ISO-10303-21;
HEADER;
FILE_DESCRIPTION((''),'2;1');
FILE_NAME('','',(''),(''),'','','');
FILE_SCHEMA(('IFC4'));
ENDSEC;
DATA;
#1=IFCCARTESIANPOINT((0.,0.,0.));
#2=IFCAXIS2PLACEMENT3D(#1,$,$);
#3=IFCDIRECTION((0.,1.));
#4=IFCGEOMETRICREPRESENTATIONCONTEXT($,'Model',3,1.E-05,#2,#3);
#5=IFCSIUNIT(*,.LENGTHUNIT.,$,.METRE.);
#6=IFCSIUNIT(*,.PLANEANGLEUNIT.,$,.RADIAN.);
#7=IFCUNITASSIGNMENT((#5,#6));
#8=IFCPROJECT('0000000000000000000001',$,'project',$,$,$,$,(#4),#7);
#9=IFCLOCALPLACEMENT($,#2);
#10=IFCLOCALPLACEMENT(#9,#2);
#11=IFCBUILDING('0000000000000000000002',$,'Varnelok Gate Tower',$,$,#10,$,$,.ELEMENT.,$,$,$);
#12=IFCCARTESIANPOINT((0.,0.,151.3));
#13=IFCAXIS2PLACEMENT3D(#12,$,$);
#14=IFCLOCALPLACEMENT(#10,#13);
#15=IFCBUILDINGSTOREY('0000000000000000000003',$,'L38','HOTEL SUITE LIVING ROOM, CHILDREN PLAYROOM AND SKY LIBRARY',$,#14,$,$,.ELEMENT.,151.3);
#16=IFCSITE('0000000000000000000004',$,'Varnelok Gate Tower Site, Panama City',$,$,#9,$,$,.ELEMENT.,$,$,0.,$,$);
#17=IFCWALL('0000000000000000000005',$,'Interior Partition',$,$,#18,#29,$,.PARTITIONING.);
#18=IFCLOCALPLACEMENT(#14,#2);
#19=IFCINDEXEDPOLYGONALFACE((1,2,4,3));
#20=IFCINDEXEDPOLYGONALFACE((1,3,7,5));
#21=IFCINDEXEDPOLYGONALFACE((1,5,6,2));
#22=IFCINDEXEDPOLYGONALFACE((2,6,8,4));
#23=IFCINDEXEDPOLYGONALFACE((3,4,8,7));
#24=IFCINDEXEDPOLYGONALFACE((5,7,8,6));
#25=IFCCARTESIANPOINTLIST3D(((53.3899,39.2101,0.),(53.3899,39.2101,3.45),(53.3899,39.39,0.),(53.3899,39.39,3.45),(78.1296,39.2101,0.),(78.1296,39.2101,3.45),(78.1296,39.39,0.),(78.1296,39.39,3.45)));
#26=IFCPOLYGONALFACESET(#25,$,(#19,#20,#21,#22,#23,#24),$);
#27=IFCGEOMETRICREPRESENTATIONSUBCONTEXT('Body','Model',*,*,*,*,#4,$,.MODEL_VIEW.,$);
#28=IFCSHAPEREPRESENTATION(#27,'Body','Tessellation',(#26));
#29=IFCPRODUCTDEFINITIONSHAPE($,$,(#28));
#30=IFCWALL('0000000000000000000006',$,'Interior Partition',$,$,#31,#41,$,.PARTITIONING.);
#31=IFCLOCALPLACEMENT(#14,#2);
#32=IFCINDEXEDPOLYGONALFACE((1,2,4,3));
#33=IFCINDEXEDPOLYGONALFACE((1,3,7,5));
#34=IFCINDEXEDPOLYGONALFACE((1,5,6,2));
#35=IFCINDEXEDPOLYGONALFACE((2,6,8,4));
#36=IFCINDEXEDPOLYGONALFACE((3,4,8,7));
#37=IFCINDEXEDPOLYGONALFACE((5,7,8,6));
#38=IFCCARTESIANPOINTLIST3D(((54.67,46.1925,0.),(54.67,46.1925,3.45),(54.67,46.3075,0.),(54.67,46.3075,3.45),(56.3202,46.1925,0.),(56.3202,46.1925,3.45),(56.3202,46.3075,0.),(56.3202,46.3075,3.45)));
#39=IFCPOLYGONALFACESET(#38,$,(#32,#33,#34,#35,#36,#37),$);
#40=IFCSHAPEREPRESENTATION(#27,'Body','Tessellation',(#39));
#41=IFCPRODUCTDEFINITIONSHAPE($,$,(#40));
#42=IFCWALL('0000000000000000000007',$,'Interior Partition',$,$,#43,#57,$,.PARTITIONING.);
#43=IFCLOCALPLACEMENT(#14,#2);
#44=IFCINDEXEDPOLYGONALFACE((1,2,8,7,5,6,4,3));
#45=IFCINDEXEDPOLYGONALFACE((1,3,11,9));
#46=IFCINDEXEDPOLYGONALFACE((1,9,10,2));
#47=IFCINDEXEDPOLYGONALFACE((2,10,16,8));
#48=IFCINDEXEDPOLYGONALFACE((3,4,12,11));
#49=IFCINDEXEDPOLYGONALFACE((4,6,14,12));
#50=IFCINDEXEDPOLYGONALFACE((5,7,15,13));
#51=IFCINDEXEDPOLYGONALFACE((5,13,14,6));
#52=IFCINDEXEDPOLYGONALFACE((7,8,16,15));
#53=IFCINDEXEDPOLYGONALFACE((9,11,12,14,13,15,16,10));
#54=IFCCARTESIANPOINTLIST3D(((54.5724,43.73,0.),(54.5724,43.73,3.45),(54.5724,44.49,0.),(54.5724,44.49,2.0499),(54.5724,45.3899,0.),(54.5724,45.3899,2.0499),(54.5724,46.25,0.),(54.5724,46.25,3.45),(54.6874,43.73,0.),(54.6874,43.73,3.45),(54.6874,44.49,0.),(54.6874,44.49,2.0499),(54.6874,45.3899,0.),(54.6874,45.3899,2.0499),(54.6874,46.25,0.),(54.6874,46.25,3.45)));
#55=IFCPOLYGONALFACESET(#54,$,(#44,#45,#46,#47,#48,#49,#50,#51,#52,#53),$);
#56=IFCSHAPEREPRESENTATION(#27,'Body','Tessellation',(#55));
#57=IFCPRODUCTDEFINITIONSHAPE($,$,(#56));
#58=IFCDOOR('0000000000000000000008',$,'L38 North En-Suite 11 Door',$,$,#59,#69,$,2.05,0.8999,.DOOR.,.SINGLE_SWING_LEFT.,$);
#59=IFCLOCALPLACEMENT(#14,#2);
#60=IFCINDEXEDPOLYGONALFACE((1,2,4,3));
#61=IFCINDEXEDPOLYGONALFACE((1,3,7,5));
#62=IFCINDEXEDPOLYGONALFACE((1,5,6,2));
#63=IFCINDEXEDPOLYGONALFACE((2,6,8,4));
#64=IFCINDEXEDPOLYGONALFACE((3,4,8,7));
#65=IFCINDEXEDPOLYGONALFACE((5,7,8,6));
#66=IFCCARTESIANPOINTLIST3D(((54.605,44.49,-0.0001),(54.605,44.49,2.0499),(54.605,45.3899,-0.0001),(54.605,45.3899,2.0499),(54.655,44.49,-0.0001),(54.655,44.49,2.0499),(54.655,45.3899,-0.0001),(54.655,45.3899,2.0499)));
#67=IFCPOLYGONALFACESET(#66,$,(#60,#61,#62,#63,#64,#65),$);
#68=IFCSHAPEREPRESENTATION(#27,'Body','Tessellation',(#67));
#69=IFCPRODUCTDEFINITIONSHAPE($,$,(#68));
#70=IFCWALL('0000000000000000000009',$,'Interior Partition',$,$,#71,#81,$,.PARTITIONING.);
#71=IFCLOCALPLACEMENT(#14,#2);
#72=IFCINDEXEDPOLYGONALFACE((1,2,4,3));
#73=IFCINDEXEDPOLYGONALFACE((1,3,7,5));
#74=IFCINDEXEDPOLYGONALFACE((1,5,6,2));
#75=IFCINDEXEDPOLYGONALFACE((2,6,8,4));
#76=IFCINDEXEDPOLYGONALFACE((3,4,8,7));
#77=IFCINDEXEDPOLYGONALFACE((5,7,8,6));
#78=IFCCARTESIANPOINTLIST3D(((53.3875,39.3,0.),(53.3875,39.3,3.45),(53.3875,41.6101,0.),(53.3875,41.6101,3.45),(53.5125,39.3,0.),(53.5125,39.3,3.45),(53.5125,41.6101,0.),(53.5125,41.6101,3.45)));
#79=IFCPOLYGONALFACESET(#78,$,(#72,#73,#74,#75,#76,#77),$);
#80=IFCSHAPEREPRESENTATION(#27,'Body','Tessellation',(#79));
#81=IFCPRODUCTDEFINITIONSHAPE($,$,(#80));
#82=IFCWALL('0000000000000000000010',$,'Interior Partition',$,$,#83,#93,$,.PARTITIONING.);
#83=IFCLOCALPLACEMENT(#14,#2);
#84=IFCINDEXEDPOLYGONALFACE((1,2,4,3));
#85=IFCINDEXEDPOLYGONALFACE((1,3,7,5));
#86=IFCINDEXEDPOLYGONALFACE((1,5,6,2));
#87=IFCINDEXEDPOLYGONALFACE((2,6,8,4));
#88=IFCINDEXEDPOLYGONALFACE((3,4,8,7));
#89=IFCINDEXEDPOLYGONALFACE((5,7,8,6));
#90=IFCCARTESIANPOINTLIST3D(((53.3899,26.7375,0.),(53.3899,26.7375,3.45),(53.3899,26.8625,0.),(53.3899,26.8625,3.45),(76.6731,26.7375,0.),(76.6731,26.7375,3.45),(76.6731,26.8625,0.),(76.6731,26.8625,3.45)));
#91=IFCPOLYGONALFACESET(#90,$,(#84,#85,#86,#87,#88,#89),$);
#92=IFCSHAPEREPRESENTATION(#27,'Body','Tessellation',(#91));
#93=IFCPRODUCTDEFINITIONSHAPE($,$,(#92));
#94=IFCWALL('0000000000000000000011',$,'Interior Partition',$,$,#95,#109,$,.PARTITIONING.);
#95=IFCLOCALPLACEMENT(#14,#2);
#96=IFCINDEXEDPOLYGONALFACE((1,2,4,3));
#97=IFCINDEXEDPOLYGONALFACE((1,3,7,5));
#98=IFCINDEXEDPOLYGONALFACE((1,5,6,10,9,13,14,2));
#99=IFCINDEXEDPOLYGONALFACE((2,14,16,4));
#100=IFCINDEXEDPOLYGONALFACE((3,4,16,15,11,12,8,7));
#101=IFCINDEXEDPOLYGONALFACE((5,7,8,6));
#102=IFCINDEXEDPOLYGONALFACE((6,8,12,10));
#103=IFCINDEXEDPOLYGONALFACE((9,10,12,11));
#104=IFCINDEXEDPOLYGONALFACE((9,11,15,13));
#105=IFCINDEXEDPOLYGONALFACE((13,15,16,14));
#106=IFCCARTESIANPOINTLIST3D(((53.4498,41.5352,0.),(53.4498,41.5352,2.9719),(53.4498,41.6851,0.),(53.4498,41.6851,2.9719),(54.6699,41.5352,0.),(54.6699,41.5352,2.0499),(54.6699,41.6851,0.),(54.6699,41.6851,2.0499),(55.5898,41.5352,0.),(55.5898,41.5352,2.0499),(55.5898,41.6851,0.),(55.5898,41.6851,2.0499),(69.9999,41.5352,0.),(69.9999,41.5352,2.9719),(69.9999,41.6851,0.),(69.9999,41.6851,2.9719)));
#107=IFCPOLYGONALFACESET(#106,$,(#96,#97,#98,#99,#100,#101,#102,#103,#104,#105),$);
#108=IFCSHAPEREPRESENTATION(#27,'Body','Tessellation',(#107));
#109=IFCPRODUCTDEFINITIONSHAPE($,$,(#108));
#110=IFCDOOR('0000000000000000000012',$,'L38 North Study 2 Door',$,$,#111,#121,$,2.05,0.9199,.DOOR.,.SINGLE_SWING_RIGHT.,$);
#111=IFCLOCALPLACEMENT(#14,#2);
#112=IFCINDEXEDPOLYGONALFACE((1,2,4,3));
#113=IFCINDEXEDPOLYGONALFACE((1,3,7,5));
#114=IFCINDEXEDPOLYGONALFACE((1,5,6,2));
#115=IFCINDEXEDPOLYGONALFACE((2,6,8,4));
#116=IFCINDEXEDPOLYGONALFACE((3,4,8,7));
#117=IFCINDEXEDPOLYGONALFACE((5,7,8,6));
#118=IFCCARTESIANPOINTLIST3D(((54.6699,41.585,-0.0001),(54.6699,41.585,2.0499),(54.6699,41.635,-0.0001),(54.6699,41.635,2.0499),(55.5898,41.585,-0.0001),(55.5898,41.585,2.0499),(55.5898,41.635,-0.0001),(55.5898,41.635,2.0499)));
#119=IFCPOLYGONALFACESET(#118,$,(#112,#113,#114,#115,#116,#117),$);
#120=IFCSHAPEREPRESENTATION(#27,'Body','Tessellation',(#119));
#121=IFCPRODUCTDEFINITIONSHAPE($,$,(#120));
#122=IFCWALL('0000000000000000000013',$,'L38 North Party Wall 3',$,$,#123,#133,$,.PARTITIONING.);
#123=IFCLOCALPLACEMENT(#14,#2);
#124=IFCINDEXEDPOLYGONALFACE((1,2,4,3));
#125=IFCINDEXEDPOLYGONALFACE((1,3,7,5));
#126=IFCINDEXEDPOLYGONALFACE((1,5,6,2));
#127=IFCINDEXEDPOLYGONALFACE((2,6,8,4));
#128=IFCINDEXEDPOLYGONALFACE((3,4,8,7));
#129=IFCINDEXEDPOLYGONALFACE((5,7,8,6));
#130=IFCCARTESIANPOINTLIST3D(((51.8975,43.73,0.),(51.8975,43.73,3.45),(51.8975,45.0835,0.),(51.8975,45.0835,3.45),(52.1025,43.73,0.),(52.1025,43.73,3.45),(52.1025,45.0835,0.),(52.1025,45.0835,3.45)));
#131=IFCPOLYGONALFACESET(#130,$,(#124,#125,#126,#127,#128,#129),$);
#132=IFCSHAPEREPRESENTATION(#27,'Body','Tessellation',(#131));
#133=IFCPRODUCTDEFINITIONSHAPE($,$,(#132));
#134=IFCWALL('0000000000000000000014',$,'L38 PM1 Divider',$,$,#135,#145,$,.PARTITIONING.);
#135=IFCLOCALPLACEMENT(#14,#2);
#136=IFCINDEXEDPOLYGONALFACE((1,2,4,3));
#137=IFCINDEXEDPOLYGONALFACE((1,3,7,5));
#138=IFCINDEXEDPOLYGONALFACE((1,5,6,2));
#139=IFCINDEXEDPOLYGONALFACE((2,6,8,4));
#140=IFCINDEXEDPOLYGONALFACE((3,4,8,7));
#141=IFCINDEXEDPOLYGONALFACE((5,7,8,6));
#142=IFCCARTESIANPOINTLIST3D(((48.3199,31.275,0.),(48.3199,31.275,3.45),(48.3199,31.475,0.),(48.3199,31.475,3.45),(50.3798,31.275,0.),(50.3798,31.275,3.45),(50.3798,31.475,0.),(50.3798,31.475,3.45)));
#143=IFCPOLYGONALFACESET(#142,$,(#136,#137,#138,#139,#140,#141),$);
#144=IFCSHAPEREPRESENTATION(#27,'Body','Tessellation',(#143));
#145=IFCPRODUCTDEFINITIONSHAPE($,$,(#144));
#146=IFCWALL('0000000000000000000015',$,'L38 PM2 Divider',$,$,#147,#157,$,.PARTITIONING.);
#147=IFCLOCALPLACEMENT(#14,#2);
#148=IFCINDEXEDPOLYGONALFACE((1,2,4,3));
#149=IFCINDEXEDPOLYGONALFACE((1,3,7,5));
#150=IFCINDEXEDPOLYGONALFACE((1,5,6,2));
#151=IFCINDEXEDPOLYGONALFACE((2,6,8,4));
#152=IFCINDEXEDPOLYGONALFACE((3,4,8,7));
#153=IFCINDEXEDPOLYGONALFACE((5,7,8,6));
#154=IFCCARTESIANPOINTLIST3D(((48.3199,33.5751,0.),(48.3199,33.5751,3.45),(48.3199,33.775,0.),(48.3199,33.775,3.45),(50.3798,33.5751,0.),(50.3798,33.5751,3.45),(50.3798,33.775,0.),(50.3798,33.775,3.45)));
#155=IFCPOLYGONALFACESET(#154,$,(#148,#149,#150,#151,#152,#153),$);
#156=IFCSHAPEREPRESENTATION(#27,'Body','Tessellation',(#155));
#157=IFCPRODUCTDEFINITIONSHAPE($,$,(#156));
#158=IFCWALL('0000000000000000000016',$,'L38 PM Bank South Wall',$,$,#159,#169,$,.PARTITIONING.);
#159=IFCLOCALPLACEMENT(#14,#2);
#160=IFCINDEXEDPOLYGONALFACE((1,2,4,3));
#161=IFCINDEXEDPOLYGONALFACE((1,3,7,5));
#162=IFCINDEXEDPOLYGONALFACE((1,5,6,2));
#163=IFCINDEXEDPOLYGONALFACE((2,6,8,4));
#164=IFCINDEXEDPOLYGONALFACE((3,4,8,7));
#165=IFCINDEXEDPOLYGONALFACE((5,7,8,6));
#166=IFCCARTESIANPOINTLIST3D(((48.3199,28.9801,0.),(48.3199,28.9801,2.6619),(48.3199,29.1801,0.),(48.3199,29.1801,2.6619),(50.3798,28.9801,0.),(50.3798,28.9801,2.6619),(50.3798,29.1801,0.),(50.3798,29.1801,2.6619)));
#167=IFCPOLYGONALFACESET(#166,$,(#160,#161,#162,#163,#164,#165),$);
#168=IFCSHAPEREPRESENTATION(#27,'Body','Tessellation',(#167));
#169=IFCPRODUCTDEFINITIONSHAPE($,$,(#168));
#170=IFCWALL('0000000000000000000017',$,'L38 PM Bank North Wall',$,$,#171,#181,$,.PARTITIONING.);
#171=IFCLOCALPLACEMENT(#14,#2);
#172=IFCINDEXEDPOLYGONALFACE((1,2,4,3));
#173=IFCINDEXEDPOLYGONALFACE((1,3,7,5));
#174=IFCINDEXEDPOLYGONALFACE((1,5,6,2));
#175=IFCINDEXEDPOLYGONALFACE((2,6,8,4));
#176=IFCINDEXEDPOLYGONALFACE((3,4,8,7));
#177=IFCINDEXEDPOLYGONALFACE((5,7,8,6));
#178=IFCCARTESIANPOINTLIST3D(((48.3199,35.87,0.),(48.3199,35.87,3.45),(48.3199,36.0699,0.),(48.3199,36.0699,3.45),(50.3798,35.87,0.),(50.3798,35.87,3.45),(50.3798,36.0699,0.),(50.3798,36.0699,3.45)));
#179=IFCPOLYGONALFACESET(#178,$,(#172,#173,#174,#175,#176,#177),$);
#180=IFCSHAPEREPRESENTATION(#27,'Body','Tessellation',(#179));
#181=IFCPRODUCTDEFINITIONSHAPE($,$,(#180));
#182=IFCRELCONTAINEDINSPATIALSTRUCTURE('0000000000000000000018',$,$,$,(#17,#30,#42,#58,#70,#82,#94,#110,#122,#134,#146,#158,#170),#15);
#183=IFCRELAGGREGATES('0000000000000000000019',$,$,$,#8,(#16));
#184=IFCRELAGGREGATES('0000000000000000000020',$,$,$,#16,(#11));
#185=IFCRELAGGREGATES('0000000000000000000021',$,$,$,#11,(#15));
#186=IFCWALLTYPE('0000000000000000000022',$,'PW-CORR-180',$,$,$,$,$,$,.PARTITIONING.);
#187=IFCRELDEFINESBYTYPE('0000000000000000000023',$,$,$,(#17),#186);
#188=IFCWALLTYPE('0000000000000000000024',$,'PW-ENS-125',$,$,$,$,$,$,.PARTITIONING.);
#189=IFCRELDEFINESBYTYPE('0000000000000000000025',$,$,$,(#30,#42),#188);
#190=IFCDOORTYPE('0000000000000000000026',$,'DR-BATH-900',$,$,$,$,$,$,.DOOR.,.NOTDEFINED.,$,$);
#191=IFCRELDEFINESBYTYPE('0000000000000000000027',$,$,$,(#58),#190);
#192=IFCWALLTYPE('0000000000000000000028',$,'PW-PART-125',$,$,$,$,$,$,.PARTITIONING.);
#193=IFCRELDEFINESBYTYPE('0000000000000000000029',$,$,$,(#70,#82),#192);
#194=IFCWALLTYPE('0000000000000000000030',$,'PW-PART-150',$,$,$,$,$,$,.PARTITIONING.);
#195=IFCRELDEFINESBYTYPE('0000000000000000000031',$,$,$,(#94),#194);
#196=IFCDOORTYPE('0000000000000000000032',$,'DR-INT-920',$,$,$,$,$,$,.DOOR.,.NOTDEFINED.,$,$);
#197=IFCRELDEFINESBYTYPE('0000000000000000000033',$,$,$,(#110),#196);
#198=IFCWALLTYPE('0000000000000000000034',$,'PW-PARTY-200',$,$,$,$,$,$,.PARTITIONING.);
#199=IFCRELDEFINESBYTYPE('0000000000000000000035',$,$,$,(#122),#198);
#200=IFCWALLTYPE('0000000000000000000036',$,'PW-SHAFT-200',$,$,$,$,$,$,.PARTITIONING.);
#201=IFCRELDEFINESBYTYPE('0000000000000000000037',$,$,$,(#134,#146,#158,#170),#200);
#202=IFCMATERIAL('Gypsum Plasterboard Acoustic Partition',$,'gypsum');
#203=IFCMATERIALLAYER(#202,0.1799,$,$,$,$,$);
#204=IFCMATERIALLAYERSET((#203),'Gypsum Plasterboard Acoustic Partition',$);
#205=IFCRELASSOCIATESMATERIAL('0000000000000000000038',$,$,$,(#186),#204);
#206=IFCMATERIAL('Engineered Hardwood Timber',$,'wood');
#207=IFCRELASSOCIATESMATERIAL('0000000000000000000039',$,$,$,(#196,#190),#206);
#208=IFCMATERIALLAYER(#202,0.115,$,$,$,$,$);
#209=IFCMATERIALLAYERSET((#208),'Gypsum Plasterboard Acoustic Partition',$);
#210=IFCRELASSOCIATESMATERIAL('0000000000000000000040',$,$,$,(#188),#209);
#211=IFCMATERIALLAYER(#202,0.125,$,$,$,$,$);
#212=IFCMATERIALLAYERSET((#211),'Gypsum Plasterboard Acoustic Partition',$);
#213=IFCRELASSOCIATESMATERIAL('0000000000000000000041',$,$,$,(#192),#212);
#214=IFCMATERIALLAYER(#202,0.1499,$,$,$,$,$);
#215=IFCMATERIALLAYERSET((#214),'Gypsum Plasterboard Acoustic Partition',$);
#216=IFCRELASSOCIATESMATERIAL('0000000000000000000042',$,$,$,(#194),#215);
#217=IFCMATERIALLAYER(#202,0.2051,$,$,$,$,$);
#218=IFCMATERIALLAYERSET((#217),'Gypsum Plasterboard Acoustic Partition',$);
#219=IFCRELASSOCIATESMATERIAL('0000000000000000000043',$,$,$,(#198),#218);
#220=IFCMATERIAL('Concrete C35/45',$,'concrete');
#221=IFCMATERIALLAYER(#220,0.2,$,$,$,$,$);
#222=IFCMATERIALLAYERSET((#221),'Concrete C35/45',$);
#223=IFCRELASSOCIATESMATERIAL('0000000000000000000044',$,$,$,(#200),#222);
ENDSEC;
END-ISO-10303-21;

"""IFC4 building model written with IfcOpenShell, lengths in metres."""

from ifc_helpers import new_model, si_unit, direction, frame, frame_2d, origin, place, context, subcontext, project, spatial, rectangle, extrude, material, layer, layer_set, type_object, element, fill, save


model = new_model("IFC4")

# Units and contexts
model_context = context("Model", 3, precision=1e-05, world=origin(), true_north=direction((0.0, 1.0)))
body_context = subcontext(model_context, "Body", "Model", "MODEL_VIEW")
ifc_project = project(units=[si_unit("LENGTHUNIT", "METRE"), si_unit("PLANEANGLEUNIT", "RADIAN")], contexts=[model_context])

# Site, building, storey
site_placement = place(None, origin())
site = spatial("IfcSite", under=ifc_project, at=site_placement, Name="Varnelok Gate Tower Site, Panama City", CompositionType="ELEMENT", RefElevation=0.0)
building_placement = place(site_placement, origin())
building = spatial("IfcBuilding", under=site, at=building_placement, Name="Varnelok Gate Tower", CompositionType="ELEMENT")
storey_placement = place(building_placement, frame((0.0, 0.0, 151.3)))
storey = spatial("IfcBuildingStorey", under=building, at=storey_placement, Name="L38", Description="HOTEL SUITE LIVING ROOM, CHILDREN PLAYROOM AND SKY LIBRARY", CompositionType="ELEMENT", Elevation=151.3)

# Shared definitions
ifc_material_1 = material(Name="Gypsum Plasterboard Acoustic Partition", Category="gypsum")
ifc_layer_1 = layer(ifc_material_1, 0.1799)
ifc_layer_set_1 = layer_set([ifc_layer_1], Name="Gypsum Plasterboard Acoustic Partition")
wall_type_1 = type_object("IfcWallType", Name="PW-CORR-180", PredefinedType="PARTITIONING", material=ifc_layer_set_1)
ifc_material_2 = material(Name="Engineered Hardwood Timber", Category="wood")
door_type_1 = type_object("IfcDoorType", Name="DR-INT-920", OperationType="NOTDEFINED", PredefinedType="DOOR", material=ifc_material_2)

# Walls
wall_1_placement = place(storey_placement, frame((53.3899, 39.3, 0.0), z_axis=(0.0, 0.0, 1.0), x_axis=(1.0, 0.0, 0.0)))
element("IfcWall", 1, at=wall_1_placement, inside=storey, type_object=wall_type_1, Name="Interior Partition", PredefinedType="PARTITIONING", context=body_context, shape_type="SweptSolid", body=[
    extrude(rectangle(XDim=24.7397, YDim=0.1799, at=frame_2d((12.3699, 0.0))), origin(), (0.0, 0.0, 1.0), 3.45),
])
ifc_layer_2 = layer(ifc_material_1, 0.115)
ifc_layer_set_2 = layer_set([ifc_layer_2], Name="Gypsum Plasterboard Acoustic Partition")
wall_type_2 = type_object("IfcWallType", Name="PW-ENS-125", PredefinedType="PARTITIONING", material=ifc_layer_set_2)
wall_2_placement = place(storey_placement, frame((54.6699, 46.25, 0.0), z_axis=(0.0, 0.0, 1.0), x_axis=(1.0, 0.0, 0.0)))
element("IfcWall", 2, at=wall_2_placement, inside=storey, type_object=wall_type_2, Name="Interior Partition", PredefinedType="PARTITIONING", context=body_context, shape_type="SweptSolid", body=[
    extrude(rectangle(XDim=1.6501, YDim=0.115, at=frame_2d((0.8252, 0.0))), origin(), (0.0, 0.0, 1.0), 3.45),
])

# Wall, opening, door
wall_3_placement = place(storey_placement, frame((54.6299, 43.73, 0.0), z_axis=(0.0, 0.0, 1.0), x_axis=(0.0, 1.0, 0.0)))
wall_3 = element("IfcWall", 3, at=wall_3_placement, inside=storey, type_object=wall_type_2, Name="Interior Partition", PredefinedType="PARTITIONING", context=body_context, shape_type="SweptSolid", body=[
    extrude(rectangle(XDim=2.52, YDim=0.115, at=frame_2d((1.26, 0.0))), origin(), (0.0, 0.0, 1.0), 3.45),
])
opening_1_placement = place(wall_3_placement, frame((0.76, 0.0, 0.0)))
opening_1 = element("IfcOpeningElement", 4, at=opening_1_placement, cuts=wall_3, PredefinedType="OPENING", context=body_context, shape_type="SweptSolid", body=[
    extrude(rectangle(XDim=0.8999, YDim=2.05, at=frame_2d((0.45, 1.0249))), frame((0.0, 0.0674, 0.0), z_axis=(0.0, -1.0, 0.0), x_axis=(1.0, 0.0, 0.0)), (0.0, 0.0, 1.0), 0.135),
])
door_type_2 = type_object("IfcDoorType", Name="DR-BATH-900", OperationType="NOTDEFINED", PredefinedType="DOOR", material=ifc_material_2)
door_1_placement = place(opening_1_placement, origin())
door_1 = element("IfcDoor", 5, at=door_1_placement, inside=storey, type_object=door_type_2, Name="L38 North En-Suite 11 Door", OperationType="SINGLE_SWING_LEFT", OverallHeight=2.05, OverallWidth=0.8999, PredefinedType="DOOR", context=body_context, shape_type="SweptSolid", body=[
    extrude(rectangle(XDim=0.8999, YDim=2.05, at=frame_2d((0.45, 1.0249))), frame((0.0, 0.0249, 0.0), z_axis=(0.0, -1.0, 0.0), x_axis=(1.0, 0.0, 0.0)), (0.0, 0.0, 1.0), 0.05),
])
fill(opening_1, door_1)

# Walls
ifc_layer_3 = layer(ifc_material_1, 0.125)
ifc_layer_set_3 = layer_set([ifc_layer_3], Name="Gypsum Plasterboard Acoustic Partition")
wall_type_3 = type_object("IfcWallType", Name="PW-PART-125", PredefinedType="PARTITIONING", material=ifc_layer_set_3)
wall_4_placement = place(storey_placement, frame((53.45, 39.3, 0.0), z_axis=(0.0, 0.0, 1.0), x_axis=(0.0, 1.0, 0.0)))
element("IfcWall", 6, at=wall_4_placement, inside=storey, type_object=wall_type_3, Name="Interior Partition", PredefinedType="PARTITIONING", context=body_context, shape_type="SweptSolid", body=[
    extrude(rectangle(XDim=2.3101, YDim=0.125, at=frame_2d((1.155, 0.0))), origin(), (0.0, 0.0, 1.0), 3.45),
])
wall_5_placement = place(storey_placement, frame((53.3899, 26.8, 0.0), z_axis=(0.0, 0.0, 1.0), x_axis=(1.0, 0.0, 0.0)))
element("IfcWall", 7, at=wall_5_placement, inside=storey, type_object=wall_type_3, Name="Interior Partition", PredefinedType="PARTITIONING", context=body_context, shape_type="SweptSolid", body=[
    extrude(rectangle(XDim=23.2832, YDim=0.125, at=frame_2d((11.6416, 0.0))), origin(), (0.0, 0.0, 1.0), 3.45),
])

# Wall, opening, door
ifc_layer_4 = layer(ifc_material_1, 0.1499)
ifc_layer_set_4 = layer_set([ifc_layer_4], Name="Gypsum Plasterboard Acoustic Partition")
wall_type_4 = type_object("IfcWallType", Name="PW-PART-150", PredefinedType="PARTITIONING", material=ifc_layer_set_4)
wall_6_placement = place(storey_placement, frame((53.45, 41.6101, 0.0), z_axis=(0.0, 0.0, 1.0), x_axis=(1.0, 0.0, 0.0)))
wall_6 = element("IfcWall", 8, at=wall_6_placement, inside=storey, type_object=wall_type_4, Name="Interior Partition", PredefinedType="PARTITIONING", context=body_context, shape_type="SweptSolid", body=[
    extrude(rectangle(XDim=16.55, YDim=0.1499, at=frame_2d((8.2749, 0.0))), origin(), (0.0, 0.0, 1.0), 2.9719),
])
opening_2_placement = place(wall_6_placement, frame((1.22, 0.0, 0.0)))
opening_2 = element("IfcOpeningElement", 9, at=opening_2_placement, cuts=wall_6, PredefinedType="OPENING", context=body_context, shape_type="SweptSolid", body=[
    extrude(rectangle(XDim=0.9199, YDim=2.05, at=frame_2d((0.46, 1.0249))), frame((0.0, 0.085, 0.0), z_axis=(0.0, -1.0, 0.0), x_axis=(1.0, 0.0, 0.0)), (0.0, 0.0, 1.0), 0.1699),
])
door_2_placement = place(opening_2_placement, origin())
door_2 = element("IfcDoor", 10, at=door_2_placement, inside=storey, type_object=door_type_1, Name="L38 North Study 2 Door", OperationType="SINGLE_SWING_RIGHT", OverallHeight=2.05, OverallWidth=0.9199, PredefinedType="DOOR", context=body_context, shape_type="SweptSolid", body=[
    extrude(rectangle(XDim=0.9199, YDim=2.05, at=frame_2d((0.46, 1.0249))), frame((0.0, 0.0249, 0.0), z_axis=(0.0, -1.0, 0.0), x_axis=(1.0, 0.0, 0.0)), (0.0, 0.0, 1.0), 0.05),
])
fill(opening_2, door_2)

# Walls
ifc_layer_5 = layer(ifc_material_1, 0.2051)
ifc_layer_set_5 = layer_set([ifc_layer_5], Name="Gypsum Plasterboard Acoustic Partition")
wall_type_5 = type_object("IfcWallType", Name="PW-PARTY-200", PredefinedType="PARTITIONING", material=ifc_layer_set_5)
wall_7_placement = place(storey_placement, frame((52.0, 43.73, 0.0), z_axis=(0.0, 0.0, 1.0), x_axis=(0.0, 1.0, 0.0)))
element("IfcWall", 11, at=wall_7_placement, inside=storey, type_object=wall_type_5, Name="L38 North Party Wall 3", PredefinedType="PARTITIONING", context=body_context, shape_type="SweptSolid", body=[
    extrude(rectangle(XDim=1.3535, YDim=0.2051, at=frame_2d((0.6768, 0.0))), origin(), (0.0, 0.0, 1.0), 3.45),
])
ifc_material_3 = material(Name="Concrete C35/45", Category="concrete")
ifc_layer_6 = layer(ifc_material_3, 0.2)
ifc_layer_set_6 = layer_set([ifc_layer_6], Name="Concrete C35/45")
wall_type_6 = type_object("IfcWallType", Name="PW-SHAFT-200", PredefinedType="PARTITIONING", material=ifc_layer_set_6)
for number, where, z_axis, x_axis, name in (
    (12, (48.3201, 31.375, 0.0), (0.0, 0.0, 1.0), (1.0, 0.0, 0.0), "L38 PM1 Divider"),
    (13, (48.3201, 33.675, 0.0), (0.0, 0.0, 1.0), (1.0, 0.0, 0.0), "L38 PM2 Divider"),
):
    element("IfcWall", number, at=place(storey_placement, frame(where, z_axis=z_axis, x_axis=x_axis)), inside=storey, type_object=wall_type_6, Name=name, PredefinedType="PARTITIONING", context=body_context, shape_type="SweptSolid", body=[
        extrude(rectangle(XDim=2.0598, YDim=0.2, at=frame_2d((1.0298, 0.0))), origin(), (0.0, 0.0, 1.0), 3.45),
    ])
wall_8_placement = place(storey_placement, frame((48.3201, 29.0801, 0.0), z_axis=(0.0, 0.0, 1.0), x_axis=(1.0, 0.0, 0.0)))
element("IfcWall", 14, at=wall_8_placement, inside=storey, type_object=wall_type_6, Name="L38 PM Bank South Wall", PredefinedType="PARTITIONING", context=body_context, shape_type="SweptSolid", body=[
    extrude(rectangle(XDim=2.0598, YDim=0.2, at=frame_2d((1.0298, 0.0))), origin(), (0.0, 0.0, 1.0), 2.6619),
])
wall_9_placement = place(storey_placement, frame((48.3201, 35.97, 0.0), z_axis=(0.0, 0.0, 1.0), x_axis=(1.0, 0.0, 0.0)))
element("IfcWall", 15, at=wall_9_placement, inside=storey, type_object=wall_type_6, Name="L38 PM Bank North Wall", PredefinedType="PARTITIONING", context=body_context, shape_type="SweptSolid", body=[
    extrude(rectangle(XDim=2.0598, YDim=0.2, at=frame_2d((1.0298, 0.0))), origin(), (0.0, 0.0, 1.0), 3.45),
])

save(model, "model.ifc")
